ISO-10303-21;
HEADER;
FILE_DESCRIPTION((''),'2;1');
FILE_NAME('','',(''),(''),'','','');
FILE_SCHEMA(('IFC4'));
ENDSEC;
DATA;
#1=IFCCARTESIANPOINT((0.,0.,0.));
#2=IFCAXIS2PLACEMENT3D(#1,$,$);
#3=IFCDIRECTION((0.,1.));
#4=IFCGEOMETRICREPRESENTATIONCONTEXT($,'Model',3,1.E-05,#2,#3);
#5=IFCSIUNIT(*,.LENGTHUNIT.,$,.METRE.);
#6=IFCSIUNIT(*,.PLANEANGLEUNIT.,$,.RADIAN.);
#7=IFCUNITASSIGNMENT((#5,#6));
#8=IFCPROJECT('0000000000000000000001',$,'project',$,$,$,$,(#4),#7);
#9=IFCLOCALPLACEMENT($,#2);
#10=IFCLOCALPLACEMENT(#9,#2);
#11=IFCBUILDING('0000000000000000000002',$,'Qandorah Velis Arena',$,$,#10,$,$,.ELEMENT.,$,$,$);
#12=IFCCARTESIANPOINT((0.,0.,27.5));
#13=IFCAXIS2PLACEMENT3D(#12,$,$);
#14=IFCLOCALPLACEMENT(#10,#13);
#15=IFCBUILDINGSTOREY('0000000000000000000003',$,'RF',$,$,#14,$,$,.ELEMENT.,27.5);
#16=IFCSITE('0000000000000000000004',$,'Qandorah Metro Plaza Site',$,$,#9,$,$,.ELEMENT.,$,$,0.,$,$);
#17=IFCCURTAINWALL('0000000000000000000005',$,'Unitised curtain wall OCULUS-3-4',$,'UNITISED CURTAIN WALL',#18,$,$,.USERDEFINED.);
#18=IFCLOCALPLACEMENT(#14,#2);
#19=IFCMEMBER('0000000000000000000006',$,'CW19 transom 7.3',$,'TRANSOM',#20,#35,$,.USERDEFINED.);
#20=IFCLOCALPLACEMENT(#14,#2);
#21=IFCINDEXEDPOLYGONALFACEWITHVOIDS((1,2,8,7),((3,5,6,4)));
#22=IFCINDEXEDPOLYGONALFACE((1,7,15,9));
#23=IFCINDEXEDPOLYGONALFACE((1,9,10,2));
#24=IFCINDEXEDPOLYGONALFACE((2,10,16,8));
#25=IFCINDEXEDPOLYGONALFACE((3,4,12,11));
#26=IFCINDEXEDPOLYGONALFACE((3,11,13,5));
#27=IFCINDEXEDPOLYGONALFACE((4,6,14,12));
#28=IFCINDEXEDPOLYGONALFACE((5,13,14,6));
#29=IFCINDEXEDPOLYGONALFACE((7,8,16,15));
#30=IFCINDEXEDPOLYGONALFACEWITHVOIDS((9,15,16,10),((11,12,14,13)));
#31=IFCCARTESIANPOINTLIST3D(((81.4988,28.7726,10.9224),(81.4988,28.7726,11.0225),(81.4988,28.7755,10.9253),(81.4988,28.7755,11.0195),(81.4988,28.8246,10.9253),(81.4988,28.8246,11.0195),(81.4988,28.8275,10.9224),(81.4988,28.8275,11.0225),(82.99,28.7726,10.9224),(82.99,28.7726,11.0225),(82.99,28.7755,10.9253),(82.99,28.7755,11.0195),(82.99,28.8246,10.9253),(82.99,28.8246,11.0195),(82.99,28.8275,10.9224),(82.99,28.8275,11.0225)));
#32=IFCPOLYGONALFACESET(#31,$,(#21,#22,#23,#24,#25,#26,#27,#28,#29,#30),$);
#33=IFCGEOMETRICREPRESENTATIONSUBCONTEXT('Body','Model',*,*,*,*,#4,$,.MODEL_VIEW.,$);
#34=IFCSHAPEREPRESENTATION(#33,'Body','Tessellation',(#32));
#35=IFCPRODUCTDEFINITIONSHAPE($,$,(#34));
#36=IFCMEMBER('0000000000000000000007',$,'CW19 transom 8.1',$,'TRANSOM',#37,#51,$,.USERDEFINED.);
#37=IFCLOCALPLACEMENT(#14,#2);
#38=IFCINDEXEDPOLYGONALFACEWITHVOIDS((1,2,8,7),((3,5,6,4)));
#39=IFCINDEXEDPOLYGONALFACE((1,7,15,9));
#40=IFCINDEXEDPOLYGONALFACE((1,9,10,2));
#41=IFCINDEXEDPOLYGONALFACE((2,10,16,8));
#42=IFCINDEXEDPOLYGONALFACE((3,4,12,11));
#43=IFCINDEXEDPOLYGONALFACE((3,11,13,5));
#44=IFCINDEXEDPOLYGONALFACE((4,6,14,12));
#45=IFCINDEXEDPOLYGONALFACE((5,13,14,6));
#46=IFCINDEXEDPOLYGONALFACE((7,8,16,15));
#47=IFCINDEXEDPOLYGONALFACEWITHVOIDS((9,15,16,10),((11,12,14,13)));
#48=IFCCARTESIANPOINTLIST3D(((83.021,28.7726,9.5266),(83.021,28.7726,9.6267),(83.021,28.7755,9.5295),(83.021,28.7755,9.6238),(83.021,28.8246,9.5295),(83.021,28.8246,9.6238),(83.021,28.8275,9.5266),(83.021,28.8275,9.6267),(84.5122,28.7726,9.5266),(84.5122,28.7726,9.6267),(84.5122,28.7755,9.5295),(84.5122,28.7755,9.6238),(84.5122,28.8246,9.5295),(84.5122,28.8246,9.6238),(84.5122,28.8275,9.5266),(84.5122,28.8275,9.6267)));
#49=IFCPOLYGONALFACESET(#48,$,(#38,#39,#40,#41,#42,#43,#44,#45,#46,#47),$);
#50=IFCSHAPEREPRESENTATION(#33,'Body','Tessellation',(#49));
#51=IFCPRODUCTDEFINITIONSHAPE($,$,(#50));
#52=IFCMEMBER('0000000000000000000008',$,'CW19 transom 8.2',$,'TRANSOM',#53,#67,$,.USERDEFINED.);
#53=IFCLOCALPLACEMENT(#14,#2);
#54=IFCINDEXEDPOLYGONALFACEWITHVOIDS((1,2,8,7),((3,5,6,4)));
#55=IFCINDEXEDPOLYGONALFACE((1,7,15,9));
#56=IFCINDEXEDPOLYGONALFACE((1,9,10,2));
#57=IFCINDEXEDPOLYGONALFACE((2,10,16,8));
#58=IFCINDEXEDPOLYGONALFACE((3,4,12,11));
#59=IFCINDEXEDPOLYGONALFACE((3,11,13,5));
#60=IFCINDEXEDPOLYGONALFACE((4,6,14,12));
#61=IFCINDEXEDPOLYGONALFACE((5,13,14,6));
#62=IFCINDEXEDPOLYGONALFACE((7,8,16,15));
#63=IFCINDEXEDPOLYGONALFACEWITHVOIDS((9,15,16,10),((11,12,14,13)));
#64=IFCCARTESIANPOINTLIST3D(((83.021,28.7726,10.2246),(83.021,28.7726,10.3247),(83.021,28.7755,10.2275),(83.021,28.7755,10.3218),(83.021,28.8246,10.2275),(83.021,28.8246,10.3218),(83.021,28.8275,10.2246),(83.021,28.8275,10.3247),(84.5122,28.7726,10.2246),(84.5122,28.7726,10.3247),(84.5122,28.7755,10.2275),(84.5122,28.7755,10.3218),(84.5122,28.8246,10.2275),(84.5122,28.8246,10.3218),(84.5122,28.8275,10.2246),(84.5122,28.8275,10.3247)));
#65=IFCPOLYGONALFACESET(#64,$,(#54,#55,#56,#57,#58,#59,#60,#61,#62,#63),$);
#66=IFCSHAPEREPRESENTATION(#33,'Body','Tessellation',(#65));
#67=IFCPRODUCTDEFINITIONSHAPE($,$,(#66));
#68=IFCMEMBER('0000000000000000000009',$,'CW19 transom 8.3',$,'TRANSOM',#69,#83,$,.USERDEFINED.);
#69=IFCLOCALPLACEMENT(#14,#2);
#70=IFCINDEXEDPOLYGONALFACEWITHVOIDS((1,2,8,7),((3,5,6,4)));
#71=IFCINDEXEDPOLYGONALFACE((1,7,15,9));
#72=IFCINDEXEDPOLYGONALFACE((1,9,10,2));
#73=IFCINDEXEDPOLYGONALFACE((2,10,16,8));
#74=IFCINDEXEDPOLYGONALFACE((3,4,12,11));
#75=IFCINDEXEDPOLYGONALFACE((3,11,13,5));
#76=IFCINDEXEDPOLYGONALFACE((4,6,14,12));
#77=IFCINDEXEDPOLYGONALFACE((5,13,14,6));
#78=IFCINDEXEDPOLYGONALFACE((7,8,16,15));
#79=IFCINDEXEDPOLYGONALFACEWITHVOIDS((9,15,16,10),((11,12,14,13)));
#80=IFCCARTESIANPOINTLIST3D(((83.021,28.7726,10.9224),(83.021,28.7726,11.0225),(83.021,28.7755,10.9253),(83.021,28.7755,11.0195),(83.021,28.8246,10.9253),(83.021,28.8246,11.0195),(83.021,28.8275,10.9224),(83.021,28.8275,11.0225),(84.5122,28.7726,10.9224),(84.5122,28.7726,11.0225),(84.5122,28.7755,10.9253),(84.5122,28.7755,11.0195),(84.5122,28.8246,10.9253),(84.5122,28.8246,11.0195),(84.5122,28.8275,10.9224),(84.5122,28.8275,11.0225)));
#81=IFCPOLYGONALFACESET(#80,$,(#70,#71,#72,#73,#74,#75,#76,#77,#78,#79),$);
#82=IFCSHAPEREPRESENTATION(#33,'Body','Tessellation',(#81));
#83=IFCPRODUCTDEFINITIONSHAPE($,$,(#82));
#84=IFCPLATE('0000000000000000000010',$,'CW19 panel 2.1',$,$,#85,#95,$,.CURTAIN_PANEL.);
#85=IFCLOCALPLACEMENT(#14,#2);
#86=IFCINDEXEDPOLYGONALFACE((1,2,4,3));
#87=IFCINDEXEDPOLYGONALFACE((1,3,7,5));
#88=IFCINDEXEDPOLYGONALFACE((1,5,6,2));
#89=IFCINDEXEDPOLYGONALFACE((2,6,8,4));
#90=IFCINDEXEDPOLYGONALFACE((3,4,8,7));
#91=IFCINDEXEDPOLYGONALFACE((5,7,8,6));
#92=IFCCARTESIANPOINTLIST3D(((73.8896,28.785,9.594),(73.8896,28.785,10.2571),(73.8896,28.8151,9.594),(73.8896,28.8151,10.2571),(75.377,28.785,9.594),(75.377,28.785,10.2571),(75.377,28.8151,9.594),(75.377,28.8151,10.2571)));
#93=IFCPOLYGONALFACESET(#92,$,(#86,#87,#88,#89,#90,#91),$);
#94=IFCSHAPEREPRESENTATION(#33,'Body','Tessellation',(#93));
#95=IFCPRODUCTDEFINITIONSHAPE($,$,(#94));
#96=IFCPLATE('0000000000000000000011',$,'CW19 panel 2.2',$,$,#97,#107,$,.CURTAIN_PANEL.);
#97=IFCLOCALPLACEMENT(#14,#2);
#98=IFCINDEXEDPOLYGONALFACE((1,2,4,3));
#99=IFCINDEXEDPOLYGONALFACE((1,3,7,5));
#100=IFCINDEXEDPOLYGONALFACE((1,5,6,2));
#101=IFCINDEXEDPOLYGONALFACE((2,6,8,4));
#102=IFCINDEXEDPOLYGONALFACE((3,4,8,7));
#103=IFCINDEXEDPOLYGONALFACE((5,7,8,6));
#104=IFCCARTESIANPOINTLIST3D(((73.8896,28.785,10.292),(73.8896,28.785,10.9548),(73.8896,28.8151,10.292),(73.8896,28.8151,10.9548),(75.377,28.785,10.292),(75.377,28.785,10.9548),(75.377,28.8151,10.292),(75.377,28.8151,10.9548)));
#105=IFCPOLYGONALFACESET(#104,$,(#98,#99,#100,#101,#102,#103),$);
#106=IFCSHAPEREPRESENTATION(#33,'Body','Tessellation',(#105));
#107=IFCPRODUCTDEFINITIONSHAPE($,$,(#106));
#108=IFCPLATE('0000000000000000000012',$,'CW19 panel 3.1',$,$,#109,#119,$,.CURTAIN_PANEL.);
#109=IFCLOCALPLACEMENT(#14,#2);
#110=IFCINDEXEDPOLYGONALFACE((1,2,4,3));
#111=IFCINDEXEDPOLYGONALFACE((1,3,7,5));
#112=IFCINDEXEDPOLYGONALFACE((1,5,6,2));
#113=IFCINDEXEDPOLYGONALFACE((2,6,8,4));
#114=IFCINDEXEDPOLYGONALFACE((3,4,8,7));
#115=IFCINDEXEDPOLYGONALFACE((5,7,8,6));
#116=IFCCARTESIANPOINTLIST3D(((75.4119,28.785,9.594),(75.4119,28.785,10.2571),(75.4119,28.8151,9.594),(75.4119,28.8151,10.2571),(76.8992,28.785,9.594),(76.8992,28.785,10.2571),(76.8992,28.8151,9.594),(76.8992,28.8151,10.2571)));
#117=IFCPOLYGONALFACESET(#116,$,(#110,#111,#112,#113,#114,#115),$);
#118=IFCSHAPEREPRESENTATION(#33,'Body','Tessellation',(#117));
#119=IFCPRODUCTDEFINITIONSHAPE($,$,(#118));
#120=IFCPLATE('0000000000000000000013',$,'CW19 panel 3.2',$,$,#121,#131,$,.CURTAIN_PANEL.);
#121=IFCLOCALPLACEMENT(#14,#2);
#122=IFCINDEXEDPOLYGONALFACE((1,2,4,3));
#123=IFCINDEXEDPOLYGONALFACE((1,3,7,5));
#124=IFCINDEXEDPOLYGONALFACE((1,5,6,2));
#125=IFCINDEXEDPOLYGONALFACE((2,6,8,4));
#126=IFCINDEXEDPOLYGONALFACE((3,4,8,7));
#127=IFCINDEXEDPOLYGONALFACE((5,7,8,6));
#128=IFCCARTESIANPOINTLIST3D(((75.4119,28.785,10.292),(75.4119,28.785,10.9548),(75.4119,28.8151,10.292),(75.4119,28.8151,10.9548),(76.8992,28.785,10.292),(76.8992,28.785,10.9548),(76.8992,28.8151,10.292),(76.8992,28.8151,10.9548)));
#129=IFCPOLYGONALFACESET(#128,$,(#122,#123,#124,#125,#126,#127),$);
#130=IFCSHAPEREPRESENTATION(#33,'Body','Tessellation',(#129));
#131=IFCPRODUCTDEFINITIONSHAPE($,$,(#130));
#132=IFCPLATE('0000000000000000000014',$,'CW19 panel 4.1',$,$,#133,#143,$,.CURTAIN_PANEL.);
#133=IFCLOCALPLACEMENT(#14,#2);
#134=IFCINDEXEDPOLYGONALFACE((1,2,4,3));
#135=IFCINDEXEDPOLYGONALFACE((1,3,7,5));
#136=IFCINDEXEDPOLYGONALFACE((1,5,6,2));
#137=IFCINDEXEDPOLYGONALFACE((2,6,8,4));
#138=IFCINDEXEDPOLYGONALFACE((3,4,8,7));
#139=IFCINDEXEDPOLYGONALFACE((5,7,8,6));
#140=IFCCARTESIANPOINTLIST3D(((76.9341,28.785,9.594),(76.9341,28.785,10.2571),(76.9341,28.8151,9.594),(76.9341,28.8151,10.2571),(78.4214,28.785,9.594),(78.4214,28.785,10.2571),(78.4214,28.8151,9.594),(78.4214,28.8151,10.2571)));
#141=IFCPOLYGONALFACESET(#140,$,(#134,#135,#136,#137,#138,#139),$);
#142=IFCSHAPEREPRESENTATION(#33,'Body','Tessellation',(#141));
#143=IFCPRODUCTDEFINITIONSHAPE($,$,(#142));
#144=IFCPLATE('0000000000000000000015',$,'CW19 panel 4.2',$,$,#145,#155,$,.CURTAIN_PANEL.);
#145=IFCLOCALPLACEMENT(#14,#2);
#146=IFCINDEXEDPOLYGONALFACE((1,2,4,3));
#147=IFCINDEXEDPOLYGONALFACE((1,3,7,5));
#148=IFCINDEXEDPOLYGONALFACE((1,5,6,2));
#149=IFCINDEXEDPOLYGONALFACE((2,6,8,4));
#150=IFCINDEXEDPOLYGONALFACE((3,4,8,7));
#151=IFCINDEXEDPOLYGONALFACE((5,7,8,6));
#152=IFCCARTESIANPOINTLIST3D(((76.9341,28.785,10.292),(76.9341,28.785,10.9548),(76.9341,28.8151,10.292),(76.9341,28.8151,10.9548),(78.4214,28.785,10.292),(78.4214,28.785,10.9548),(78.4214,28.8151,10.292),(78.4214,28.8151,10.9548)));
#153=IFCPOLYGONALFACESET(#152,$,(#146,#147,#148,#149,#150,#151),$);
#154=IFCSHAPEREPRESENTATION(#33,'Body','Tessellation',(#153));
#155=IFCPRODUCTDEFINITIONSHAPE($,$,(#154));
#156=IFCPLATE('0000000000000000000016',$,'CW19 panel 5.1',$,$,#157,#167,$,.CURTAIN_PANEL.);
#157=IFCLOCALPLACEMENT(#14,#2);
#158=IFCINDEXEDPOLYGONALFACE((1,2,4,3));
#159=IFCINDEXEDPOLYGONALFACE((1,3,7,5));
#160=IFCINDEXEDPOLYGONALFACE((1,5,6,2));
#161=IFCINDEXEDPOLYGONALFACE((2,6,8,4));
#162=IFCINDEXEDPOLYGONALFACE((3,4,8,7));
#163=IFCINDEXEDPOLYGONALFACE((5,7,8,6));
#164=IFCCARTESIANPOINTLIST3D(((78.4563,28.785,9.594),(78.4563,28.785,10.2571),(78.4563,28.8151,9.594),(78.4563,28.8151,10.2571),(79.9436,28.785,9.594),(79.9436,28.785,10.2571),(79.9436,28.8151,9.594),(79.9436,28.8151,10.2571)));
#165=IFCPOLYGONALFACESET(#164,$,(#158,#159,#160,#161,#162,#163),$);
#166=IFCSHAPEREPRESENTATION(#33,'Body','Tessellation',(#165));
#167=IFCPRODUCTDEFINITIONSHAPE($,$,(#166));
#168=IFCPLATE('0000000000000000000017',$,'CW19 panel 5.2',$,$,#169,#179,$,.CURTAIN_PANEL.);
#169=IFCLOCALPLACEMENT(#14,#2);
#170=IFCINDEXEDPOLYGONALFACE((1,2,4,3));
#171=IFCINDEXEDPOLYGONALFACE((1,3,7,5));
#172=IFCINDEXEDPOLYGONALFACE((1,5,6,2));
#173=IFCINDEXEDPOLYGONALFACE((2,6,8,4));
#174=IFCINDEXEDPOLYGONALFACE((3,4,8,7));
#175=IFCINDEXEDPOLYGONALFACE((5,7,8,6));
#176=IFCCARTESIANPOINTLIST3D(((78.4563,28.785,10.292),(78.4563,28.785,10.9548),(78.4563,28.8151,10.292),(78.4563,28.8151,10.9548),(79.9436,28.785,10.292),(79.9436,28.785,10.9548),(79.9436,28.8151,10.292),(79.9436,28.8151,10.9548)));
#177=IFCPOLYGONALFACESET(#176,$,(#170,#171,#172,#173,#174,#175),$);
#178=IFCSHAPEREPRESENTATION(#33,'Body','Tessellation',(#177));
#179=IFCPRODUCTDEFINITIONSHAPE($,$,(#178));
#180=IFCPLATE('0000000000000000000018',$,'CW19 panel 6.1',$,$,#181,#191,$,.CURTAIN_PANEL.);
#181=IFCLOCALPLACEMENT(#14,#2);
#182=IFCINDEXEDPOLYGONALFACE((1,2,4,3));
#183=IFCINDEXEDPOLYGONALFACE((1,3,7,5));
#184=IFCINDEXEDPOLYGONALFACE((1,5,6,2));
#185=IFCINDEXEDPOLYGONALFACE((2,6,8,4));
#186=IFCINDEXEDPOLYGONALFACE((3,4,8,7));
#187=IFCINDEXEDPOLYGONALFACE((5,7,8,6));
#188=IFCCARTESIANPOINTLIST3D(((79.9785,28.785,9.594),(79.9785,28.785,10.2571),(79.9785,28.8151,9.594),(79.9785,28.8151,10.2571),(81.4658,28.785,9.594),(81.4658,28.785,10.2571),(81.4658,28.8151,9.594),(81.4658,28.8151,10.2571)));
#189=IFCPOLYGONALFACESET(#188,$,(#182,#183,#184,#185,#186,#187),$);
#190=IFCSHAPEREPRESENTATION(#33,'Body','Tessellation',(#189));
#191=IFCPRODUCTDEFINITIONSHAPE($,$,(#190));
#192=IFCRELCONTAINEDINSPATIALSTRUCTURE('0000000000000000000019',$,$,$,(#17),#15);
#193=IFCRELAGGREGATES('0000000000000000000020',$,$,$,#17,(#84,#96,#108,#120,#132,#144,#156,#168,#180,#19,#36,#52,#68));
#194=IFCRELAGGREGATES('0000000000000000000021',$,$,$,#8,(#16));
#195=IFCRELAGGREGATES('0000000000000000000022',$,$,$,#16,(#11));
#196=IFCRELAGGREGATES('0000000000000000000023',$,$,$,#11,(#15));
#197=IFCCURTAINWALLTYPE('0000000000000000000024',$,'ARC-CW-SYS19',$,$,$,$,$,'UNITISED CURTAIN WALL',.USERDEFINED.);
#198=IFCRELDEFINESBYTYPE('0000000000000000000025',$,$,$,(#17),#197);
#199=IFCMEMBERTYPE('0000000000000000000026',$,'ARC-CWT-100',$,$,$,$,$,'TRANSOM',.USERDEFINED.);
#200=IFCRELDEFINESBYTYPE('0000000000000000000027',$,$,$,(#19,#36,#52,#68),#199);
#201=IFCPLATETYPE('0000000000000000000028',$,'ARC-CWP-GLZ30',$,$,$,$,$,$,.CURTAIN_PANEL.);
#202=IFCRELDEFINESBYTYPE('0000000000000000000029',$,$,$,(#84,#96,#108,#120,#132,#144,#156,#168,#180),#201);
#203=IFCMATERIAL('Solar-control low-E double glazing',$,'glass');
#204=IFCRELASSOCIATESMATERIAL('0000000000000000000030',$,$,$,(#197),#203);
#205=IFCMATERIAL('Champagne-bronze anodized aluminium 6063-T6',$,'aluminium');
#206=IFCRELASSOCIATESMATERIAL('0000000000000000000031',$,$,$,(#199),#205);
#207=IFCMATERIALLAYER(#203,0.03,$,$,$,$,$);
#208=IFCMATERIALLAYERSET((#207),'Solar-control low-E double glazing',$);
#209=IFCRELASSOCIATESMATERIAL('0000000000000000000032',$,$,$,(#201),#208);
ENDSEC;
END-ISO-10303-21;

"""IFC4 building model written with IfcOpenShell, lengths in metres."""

from ifc_helpers import new_model, si_unit, direction, frame, origin, origin_2d, place, context, subcontext, project, spatial, rectangle, hollow_rectangle, extrude, material, layer, layer_set, material_profile, profile_set, type_object, element, aggregate, save


model = new_model("IFC4")

# Units and contexts
model_context = context("Model", 3, precision=1e-05, world=origin(), true_north=direction((0.0, 1.0)))
body_context = subcontext(model_context, "Body", "Model", "MODEL_VIEW")
ifc_project = project(units=[si_unit("LENGTHUNIT", "METRE"), si_unit("PLANEANGLEUNIT", "RADIAN")], contexts=[model_context])

# Site, building, storey
site_placement = place(None, origin())
site = spatial("IfcSite", under=ifc_project, at=site_placement, Name="Qandorah Metro Plaza Site", CompositionType="ELEMENT", RefElevation=0.0)
building_placement = place(site_placement, origin())
building = spatial("IfcBuilding", under=site, at=building_placement, Name="Qandorah Velis Arena", CompositionType="ELEMENT")
storey_placement = place(building_placement, frame((0.0, 0.0, 27.5)))
storey = spatial("IfcBuildingStorey", under=building, at=storey_placement, Name="RF", CompositionType="ELEMENT", Elevation=27.5)

# Curtain wall, members, plates
ifc_material_1 = material(Name="Solar-control low-E double glazing", Category="glass")
curtain_wall_type = type_object("IfcCurtainWallType", Name="ARC-CW-SYS19", ElementType="UNITISED CURTAIN WALL", PredefinedType="USERDEFINED", material=ifc_material_1)
curtain_wall_placement = place(storey_placement, origin())
curtain_wall = element("IfcCurtainWall", 1, at=curtain_wall_placement, inside=storey, type_object=curtain_wall_type, Name="Unitised curtain wall OCULUS-3-4", ObjectType="UNITISED CURTAIN WALL", PredefinedType="USERDEFINED")
ifc_material_2 = material(Name="Champagne-bronze anodized aluminium 6063-T6", Category="aluminium")
ifc_material_profile_1 = material_profile(ifc_material_2, hollow_rectangle(XDim=0.0549, YDim=0.1001, WallThickness=0.0029, at=origin_2d()), Name="ALU TRANSOM 55x100")
ifc_profile_set_1 = profile_set([ifc_material_profile_1], Name="Champagne-bronze anodized aluminium 6063-T6")
member_type_1 = type_object("IfcMemberType", Name="ARC-CWT-100", ElementType="TRANSOM", PredefinedType="USERDEFINED", material=ifc_profile_set_1)
member_1_placement = place(storey_placement, frame((81.4988, 28.8, 10.9724), z_axis=(1.0, 0.0, 0.0), x_axis=(0.0, 1.0, 0.0)))
member_1 = element("IfcMember", 2, at=member_1_placement, type_object=member_type_1, Name="CW19 transom 7.3", ObjectType="TRANSOM", PredefinedType="USERDEFINED", context=body_context, shape_type="SweptSolid", body=[
    extrude(hollow_rectangle(XDim=0.0549, YDim=0.1001, WallThickness=0.0029, at=origin_2d()), origin(), (0.0, 0.0, 1.0), 1.4912),
])
member_2_placement = place(storey_placement, frame((83.021, 28.8, 9.5767), z_axis=(1.0, 0.0, 0.0), x_axis=(0.0, 1.0, 0.0)))
member_2 = element("IfcMember", 3, at=member_2_placement, type_object=member_type_1, Name="CW19 transom 8.1", ObjectType="TRANSOM", PredefinedType="USERDEFINED", context=body_context, shape_type="SweptSolid", body=[
    extrude(hollow_rectangle(XDim=0.0549, YDim=0.1001, WallThickness=0.0029, at=origin_2d()), origin(), (0.0, 0.0, 1.0), 1.4912),
])
member_3_placement = place(storey_placement, frame((83.021, 28.8, 10.2747), z_axis=(1.0, 0.0, 0.0), x_axis=(0.0, 1.0, 0.0)))
member_3 = element("IfcMember", 4, at=member_3_placement, type_object=member_type_1, Name="CW19 transom 8.2", ObjectType="TRANSOM", PredefinedType="USERDEFINED", context=body_context, shape_type="SweptSolid", body=[
    extrude(hollow_rectangle(XDim=0.0549, YDim=0.1001, WallThickness=0.0029, at=origin_2d()), origin(), (0.0, 0.0, 1.0), 1.4912),
])
member_4_placement = place(storey_placement, frame((83.021, 28.8, 10.9724), z_axis=(1.0, 0.0, 0.0), x_axis=(0.0, 1.0, 0.0)))
member_4 = element("IfcMember", 5, at=member_4_placement, type_object=member_type_1, Name="CW19 transom 8.3", ObjectType="TRANSOM", PredefinedType="USERDEFINED", context=body_context, shape_type="SweptSolid", body=[
    extrude(hollow_rectangle(XDim=0.0549, YDim=0.1001, WallThickness=0.0029, at=origin_2d()), origin(), (0.0, 0.0, 1.0), 1.4912),
])
ifc_layer = layer(ifc_material_1, 0.03)
ifc_layer_set = layer_set([ifc_layer], Name="Solar-control low-E double glazing")
plate_type = type_object("IfcPlateType", Name="ARC-CWP-GLZ30", PredefinedType="CURTAIN_PANEL", material=ifc_layer_set)
plate_1_placement = place(storey_placement, frame((74.6333, 28.8, 9.594), z_axis=(0.0, 0.0, 1.0), x_axis=(1.0, 0.0, 0.0)))
plate_1 = element("IfcPlate", 6, at=plate_1_placement, type_object=plate_type, Name="CW19 panel 2.1", PredefinedType="CURTAIN_PANEL", context=body_context, shape_type="SweptSolid", body=[
    extrude(rectangle(XDim=1.4873, YDim=0.03, at=origin_2d()), origin(), (0.0, 0.0, 1.0), 0.6631),
])
plate_2_placement = place(storey_placement, frame((74.6333, 28.8, 10.292), z_axis=(0.0, 0.0, 1.0), x_axis=(1.0, 0.0, 0.0)))
plate_2 = element("IfcPlate", 7, at=plate_2_placement, type_object=plate_type, Name="CW19 panel 2.2", PredefinedType="CURTAIN_PANEL", context=body_context, shape_type="SweptSolid", body=[
    extrude(rectangle(XDim=1.4873, YDim=0.03, at=origin_2d()), origin(), (0.0, 0.0, 1.0), 0.6628),
])
plate_3_placement = place(storey_placement, frame((76.1555, 28.8, 9.594), z_axis=(0.0, 0.0, 1.0), x_axis=(1.0, 0.0, 0.0)))
plate_3 = element("IfcPlate", 8, at=plate_3_placement, type_object=plate_type, Name="CW19 panel 3.1", PredefinedType="CURTAIN_PANEL", context=body_context, shape_type="SweptSolid", body=[
    extrude(rectangle(XDim=1.4873, YDim=0.03, at=origin_2d()), origin(), (0.0, 0.0, 1.0), 0.6631),
])
plate_4_placement = place(storey_placement, frame((76.1555, 28.8, 10.292), z_axis=(0.0, 0.0, 1.0), x_axis=(1.0, 0.0, 0.0)))
plate_4 = element("IfcPlate", 9, at=plate_4_placement, type_object=plate_type, Name="CW19 panel 3.2", PredefinedType="CURTAIN_PANEL", context=body_context, shape_type="SweptSolid", body=[
    extrude(rectangle(XDim=1.4873, YDim=0.03, at=origin_2d()), origin(), (0.0, 0.0, 1.0), 0.6628),
])
plate_5_placement = place(storey_placement, frame((77.6777, 28.8, 9.594), z_axis=(0.0, 0.0, 1.0), x_axis=(1.0, 0.0, 0.0)))
plate_5 = element("IfcPlate", 10, at=plate_5_placement, type_object=plate_type, Name="CW19 panel 4.1", PredefinedType="CURTAIN_PANEL", context=body_context, shape_type="SweptSolid", body=[
    extrude(rectangle(XDim=1.4873, YDim=0.03, at=origin_2d()), origin(), (0.0, 0.0, 1.0), 0.6631),
])
plate_6_placement = place(storey_placement, frame((77.6777, 28.8, 10.292), z_axis=(0.0, 0.0, 1.0), x_axis=(1.0, 0.0, 0.0)))
plate_6 = element("IfcPlate", 11, at=plate_6_placement, type_object=plate_type, Name="CW19 panel 4.2", PredefinedType="CURTAIN_PANEL", context=body_context, shape_type="SweptSolid", body=[
    extrude(rectangle(XDim=1.4873, YDim=0.03, at=origin_2d()), origin(), (0.0, 0.0, 1.0), 0.6628),
])
plate_7_placement = place(storey_placement, frame((79.2, 28.8, 9.594), z_axis=(0.0, 0.0, 1.0), x_axis=(1.0, 0.0, 0.0)))
plate_7 = element("IfcPlate", 12, at=plate_7_placement, type_object=plate_type, Name="CW19 panel 5.1", PredefinedType="CURTAIN_PANEL", context=body_context, shape_type="SweptSolid", body=[
    extrude(rectangle(XDim=1.4873, YDim=0.03, at=origin_2d()), origin(), (0.0, 0.0, 1.0), 0.6631),
])
plate_8_placement = place(storey_placement, frame((79.2, 28.8, 10.292), z_axis=(0.0, 0.0, 1.0), x_axis=(1.0, 0.0, 0.0)))
plate_8 = element("IfcPlate", 13, at=plate_8_placement, type_object=plate_type, Name="CW19 panel 5.2", PredefinedType="CURTAIN_PANEL", context=body_context, shape_type="SweptSolid", body=[
    extrude(rectangle(XDim=1.4873, YDim=0.03, at=origin_2d()), origin(), (0.0, 0.0, 1.0), 0.6628),
])
plate_9_placement = place(storey_placement, frame((80.7222, 28.8, 9.594), z_axis=(0.0, 0.0, 1.0), x_axis=(1.0, 0.0, 0.0)))
plate_9 = element("IfcPlate", 14, at=plate_9_placement, type_object=plate_type, Name="CW19 panel 6.1", PredefinedType="CURTAIN_PANEL", context=body_context, shape_type="SweptSolid", body=[
    extrude(rectangle(XDim=1.4873, YDim=0.03, at=origin_2d()), origin(), (0.0, 0.0, 1.0), 0.6631),
])
aggregate(curtain_wall, [plate_1, plate_2, plate_3, plate_4, plate_5, plate_6, plate_7, plate_8, plate_9, member_1, member_2, member_3, member_4])

save(model, "model.ifc")
